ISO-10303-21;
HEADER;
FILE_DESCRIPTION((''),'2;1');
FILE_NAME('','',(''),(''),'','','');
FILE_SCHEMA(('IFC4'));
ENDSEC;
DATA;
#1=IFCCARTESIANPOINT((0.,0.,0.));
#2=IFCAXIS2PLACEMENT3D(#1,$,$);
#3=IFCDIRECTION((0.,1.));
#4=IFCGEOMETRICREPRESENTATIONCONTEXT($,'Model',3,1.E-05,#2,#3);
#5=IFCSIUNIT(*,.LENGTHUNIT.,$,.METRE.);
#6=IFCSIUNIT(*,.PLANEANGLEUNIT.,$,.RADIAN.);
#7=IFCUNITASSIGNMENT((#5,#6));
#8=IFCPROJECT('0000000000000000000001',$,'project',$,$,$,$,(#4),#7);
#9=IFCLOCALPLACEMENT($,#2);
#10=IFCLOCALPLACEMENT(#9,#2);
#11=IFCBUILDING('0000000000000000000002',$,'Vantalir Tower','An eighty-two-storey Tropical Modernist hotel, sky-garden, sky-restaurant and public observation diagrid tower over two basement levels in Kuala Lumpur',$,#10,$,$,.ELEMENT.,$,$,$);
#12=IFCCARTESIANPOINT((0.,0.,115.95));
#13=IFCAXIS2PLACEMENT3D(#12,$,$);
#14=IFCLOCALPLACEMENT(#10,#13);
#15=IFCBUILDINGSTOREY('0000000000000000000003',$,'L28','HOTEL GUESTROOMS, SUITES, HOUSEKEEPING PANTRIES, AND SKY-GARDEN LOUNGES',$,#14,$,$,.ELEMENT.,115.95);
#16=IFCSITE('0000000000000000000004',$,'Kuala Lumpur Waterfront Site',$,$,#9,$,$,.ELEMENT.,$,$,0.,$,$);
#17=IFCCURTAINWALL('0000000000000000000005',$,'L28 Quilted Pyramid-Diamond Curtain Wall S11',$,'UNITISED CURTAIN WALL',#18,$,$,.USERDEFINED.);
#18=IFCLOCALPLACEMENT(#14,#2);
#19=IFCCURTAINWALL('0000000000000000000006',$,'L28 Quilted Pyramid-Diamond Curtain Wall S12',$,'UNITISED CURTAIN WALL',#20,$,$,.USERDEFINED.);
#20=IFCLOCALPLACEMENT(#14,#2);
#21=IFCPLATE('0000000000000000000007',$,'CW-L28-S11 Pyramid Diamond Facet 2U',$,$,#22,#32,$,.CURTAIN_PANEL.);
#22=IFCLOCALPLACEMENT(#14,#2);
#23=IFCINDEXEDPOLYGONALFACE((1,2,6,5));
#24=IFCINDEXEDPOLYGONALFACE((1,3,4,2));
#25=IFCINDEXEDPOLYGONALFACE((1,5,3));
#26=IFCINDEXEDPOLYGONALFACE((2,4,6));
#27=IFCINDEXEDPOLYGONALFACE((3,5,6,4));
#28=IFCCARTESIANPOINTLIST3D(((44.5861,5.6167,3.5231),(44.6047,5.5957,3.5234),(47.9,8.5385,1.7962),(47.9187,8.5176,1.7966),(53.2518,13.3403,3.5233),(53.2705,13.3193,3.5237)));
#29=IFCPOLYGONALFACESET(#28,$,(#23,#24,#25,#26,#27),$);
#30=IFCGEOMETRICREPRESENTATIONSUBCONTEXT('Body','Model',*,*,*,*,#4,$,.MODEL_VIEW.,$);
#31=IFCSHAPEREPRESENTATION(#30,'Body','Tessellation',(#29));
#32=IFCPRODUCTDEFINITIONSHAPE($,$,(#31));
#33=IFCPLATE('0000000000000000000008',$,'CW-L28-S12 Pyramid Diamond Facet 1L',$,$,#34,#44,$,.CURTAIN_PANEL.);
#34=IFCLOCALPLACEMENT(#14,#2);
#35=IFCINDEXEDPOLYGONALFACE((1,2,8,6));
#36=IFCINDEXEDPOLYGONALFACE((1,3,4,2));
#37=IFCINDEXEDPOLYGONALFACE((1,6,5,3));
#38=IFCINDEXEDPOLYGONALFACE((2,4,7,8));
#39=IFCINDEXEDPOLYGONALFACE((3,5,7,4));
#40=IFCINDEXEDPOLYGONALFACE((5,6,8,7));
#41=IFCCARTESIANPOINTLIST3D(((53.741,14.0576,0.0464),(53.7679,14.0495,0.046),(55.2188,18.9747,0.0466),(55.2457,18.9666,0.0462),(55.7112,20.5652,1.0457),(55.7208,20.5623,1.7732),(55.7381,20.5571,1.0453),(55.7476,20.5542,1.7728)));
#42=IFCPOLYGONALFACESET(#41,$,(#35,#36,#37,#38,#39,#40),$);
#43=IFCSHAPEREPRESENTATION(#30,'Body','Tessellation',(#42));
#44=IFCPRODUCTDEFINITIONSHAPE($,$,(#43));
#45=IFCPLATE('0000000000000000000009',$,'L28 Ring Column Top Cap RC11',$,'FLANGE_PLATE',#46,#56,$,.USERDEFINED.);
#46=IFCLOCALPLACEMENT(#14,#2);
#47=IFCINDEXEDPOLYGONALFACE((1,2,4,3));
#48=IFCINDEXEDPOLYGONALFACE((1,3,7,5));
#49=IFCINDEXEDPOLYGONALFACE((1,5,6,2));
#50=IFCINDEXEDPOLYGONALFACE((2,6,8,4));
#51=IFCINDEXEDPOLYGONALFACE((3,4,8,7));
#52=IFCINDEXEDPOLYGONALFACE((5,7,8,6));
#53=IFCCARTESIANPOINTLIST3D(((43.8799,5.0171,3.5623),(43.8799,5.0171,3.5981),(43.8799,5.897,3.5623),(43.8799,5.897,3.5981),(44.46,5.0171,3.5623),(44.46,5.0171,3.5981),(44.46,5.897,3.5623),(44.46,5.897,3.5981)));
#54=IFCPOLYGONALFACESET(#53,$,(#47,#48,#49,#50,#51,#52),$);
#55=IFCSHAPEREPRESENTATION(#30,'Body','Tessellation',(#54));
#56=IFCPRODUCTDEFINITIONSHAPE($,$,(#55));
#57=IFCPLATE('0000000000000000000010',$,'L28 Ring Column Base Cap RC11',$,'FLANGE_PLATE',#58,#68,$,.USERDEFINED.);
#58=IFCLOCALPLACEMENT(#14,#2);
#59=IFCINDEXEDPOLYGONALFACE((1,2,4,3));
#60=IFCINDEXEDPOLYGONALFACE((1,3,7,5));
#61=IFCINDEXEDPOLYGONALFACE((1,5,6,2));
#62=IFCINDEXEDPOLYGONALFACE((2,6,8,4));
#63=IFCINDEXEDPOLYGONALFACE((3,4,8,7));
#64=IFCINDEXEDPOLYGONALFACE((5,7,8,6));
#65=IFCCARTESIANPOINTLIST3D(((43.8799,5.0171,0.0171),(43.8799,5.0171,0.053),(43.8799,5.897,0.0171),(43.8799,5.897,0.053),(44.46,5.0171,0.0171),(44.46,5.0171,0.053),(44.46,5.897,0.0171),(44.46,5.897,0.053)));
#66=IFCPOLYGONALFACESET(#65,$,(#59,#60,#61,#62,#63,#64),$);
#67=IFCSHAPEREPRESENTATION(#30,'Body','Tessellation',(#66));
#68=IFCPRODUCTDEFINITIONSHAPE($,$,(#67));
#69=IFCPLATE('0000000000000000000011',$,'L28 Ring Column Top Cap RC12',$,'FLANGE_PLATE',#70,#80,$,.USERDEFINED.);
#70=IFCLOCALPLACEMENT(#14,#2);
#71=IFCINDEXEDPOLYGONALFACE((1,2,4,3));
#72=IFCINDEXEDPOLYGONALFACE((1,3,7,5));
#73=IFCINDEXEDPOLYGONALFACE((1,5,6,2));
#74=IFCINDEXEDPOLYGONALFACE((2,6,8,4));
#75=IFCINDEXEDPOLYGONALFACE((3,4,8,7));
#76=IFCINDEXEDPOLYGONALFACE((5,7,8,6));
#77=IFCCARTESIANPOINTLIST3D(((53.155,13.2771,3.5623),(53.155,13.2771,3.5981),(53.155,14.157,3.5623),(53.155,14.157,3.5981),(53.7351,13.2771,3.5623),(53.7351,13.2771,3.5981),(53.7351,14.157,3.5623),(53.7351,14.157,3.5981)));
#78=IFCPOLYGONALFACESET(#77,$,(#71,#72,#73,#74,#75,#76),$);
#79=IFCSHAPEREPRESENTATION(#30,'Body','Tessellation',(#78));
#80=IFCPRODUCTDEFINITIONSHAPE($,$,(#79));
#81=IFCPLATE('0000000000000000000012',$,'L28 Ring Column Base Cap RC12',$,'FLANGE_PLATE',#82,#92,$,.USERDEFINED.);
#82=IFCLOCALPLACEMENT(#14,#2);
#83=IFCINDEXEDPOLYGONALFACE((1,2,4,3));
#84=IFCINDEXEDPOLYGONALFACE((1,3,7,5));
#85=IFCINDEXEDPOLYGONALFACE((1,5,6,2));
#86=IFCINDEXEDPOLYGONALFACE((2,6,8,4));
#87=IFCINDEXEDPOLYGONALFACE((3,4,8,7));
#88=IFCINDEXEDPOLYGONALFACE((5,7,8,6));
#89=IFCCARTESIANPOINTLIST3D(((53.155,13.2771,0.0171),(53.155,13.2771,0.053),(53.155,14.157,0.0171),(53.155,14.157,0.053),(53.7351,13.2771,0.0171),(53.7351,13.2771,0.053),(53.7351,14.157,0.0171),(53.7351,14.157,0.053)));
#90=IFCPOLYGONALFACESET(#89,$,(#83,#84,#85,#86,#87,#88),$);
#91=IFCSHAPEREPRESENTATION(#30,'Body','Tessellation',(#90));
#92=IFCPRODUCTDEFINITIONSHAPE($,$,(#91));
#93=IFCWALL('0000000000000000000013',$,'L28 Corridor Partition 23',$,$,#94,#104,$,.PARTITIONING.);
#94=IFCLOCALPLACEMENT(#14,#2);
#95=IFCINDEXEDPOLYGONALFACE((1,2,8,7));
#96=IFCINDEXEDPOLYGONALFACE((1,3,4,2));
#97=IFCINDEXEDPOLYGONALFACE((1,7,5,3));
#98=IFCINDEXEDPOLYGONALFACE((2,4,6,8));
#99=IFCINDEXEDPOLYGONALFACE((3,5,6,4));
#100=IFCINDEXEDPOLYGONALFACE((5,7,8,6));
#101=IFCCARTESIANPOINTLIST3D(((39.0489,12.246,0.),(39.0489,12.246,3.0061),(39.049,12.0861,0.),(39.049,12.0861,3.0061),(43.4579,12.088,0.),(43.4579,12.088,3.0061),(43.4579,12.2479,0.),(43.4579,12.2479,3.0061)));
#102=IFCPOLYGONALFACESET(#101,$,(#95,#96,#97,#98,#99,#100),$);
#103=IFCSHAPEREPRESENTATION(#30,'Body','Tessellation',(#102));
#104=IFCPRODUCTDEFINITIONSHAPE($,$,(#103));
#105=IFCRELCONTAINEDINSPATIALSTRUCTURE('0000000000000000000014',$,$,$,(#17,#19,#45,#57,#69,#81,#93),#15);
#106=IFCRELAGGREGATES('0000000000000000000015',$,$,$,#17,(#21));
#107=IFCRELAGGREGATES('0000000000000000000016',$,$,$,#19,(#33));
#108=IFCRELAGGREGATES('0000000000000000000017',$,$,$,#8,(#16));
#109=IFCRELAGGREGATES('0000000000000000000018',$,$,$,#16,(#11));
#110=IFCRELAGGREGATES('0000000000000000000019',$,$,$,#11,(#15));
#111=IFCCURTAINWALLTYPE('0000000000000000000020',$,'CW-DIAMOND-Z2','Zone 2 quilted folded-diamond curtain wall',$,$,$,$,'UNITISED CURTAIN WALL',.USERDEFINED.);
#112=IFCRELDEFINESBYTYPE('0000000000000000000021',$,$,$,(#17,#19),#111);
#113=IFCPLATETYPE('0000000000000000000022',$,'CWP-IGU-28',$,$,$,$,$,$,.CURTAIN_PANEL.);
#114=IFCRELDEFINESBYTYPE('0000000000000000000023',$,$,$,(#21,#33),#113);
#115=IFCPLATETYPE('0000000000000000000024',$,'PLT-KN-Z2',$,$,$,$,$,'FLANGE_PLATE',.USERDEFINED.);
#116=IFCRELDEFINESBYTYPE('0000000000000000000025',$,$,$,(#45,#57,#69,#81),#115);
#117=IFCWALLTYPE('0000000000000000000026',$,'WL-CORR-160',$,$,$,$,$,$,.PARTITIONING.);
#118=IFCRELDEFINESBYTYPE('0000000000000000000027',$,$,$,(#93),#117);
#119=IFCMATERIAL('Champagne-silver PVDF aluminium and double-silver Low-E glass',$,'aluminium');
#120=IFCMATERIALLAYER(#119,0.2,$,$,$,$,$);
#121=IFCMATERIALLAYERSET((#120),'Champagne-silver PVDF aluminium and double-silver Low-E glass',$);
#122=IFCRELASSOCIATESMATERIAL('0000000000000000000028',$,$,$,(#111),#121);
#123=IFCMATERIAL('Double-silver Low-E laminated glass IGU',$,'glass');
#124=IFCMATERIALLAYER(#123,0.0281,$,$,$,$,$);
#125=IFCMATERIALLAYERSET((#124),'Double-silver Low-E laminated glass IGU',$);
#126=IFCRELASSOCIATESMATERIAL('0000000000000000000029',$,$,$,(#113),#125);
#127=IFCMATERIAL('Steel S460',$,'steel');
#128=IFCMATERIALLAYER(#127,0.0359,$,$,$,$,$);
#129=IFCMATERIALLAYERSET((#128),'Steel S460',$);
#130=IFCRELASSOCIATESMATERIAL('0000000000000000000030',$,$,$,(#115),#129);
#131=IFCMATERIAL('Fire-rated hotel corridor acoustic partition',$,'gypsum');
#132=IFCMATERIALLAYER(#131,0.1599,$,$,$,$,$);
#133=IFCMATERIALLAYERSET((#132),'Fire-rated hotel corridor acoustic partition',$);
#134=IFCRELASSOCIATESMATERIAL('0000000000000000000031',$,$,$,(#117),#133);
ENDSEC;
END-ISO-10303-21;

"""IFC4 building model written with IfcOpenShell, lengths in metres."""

from ifc_helpers import new_model, si_unit, direction, frame, frame_2d, origin, place, context, subcontext, project, spatial, polyline, rectangle, outline, extrude, material, layer, layer_set, type_object, element, aggregate, save


model = new_model("IFC4")

# Units and contexts
model_context = context("Model", 3, precision=1e-05, world=origin(), true_north=direction((0.0, 1.0)))
body_context = subcontext(model_context, "Body", "Model", "MODEL_VIEW")
ifc_project = project(units=[si_unit("LENGTHUNIT", "METRE"), si_unit("PLANEANGLEUNIT", "RADIAN")], contexts=[model_context])

# Site, building, storey
site_placement = place(None, origin())
site = spatial("IfcSite", under=ifc_project, at=site_placement, Name="Kuala Lumpur Waterfront Site", CompositionType="ELEMENT", RefElevation=0.0)
building_placement = place(site_placement, origin())
building = spatial("IfcBuilding", under=site, at=building_placement, Name="Vantalir Tower", Description="An eighty-two-storey Tropical Modernist hotel, sky-garden, sky-restaurant and public observation diagrid tower over two basement levels in Kuala Lumpur", CompositionType="ELEMENT")
storey_placement = place(building_placement, frame((0.0, 0.0, 115.95)))
storey = spatial("IfcBuildingStorey", under=building, at=storey_placement, Name="L28", Description="HOTEL GUESTROOMS, SUITES, HOUSEKEEPING PANTRIES, AND SKY-GARDEN LOUNGES", CompositionType="ELEMENT", Elevation=115.95)

# Shared definitions
ifc_material_1 = material(Name="Steel S460", Category="steel")

# Shared definitions
ifc_material_2 = material(Name="Champagne-silver PVDF aluminium and double-silver Low-E glass", Category="aluminium")
ifc_layer_1 = layer(ifc_material_2, 0.2)
ifc_layer_set_1 = layer_set([ifc_layer_1], Name="Champagne-silver PVDF aluminium and double-silver Low-E glass")
curtain_wall_type = type_object("IfcCurtainWallType", Name="CW-DIAMOND-Z2", Description="Zone 2 quilted folded-diamond curtain wall", ElementType="UNITISED CURTAIN WALL", PredefinedType="USERDEFINED", material=ifc_layer_set_1)

# Curtain wall
curtain_wall_1_placement = place(storey_placement, origin())
curtain_wall_1 = element("IfcCurtainWall", 1, at=curtain_wall_1_placement, inside=storey, type_object=curtain_wall_type, Name="L28 Quilted Pyramid-Diamond Curtain Wall S11", ObjectType="UNITISED CURTAIN WALL", PredefinedType="USERDEFINED")

# Curtain wall
curtain_wall_2_placement = place(storey_placement, origin())
curtain_wall_2 = element("IfcCurtainWall", 2, at=curtain_wall_2_placement, inside=storey, type_object=curtain_wall_type, Name="L28 Quilted Pyramid-Diamond Curtain Wall S12", ObjectType="UNITISED CURTAIN WALL", PredefinedType="USERDEFINED")

# Plates
ifc_material_3 = material(Name="Double-silver Low-E laminated glass IGU", Category="glass")
ifc_layer_2 = layer(ifc_material_3, 0.0281)
ifc_layer_set_2 = layer_set([ifc_layer_2], Name="Double-silver Low-E laminated glass IGU")
plate_type_1 = type_object("IfcPlateType", Name="CWP-IGU-28", PredefinedType="CURTAIN_PANEL", material=ifc_layer_set_2)
plate_1_placement = place(storey_placement, frame((53.2705, 13.3193, 3.5237), z_axis=(0.665298, -0.746452, 0.013744), x_axis=(-0.746522, -0.665361, -0.000021)))
plate_1 = element("IfcPlate", 3, at=plate_1_placement, type_object=plate_type_1, Name="CW-L28-S11 Pyramid Diamond Facet 2U", PredefinedType="CURTAIN_PANEL", context=body_context, shape_type="SweptSolid", body=[
    extrude(outline(polyline([(0.0, 0.0), (11.6082, 0.0), (7.1902, 1.7271), (0.0, 0.0)])), origin(), (0.0, 0.0, -1.0), 0.0281),
])
aggregate(curtain_wall_1, [plate_1])
plate_2_placement = place(storey_placement, frame((53.741, 14.0576, 0.0464), z_axis=(-0.95759, 0.287807, 0.013744), x_axis=(0.287835, 0.95768, 0.000048)))
plate_2 = element("IfcPlate", 4, at=plate_2_placement, type_object=plate_type_1, Name="CW-L28-S12 Pyramid Diamond Facet 1L", PredefinedType="CURTAIN_PANEL", context=body_context, shape_type="SweptSolid", body=[
    extrude(outline(polyline([(0.0, 0.0), (5.1343, 0.0), (6.7993, -0.999), (6.7994, -1.7266), (0.0, 0.0)])), origin(), (0.0, 0.0, -1.0), 0.0281),
])
aggregate(curtain_wall_2, [plate_2])

# Plates
ifc_layer_3 = layer(ifc_material_1, 0.0359)
ifc_layer_set_3 = layer_set([ifc_layer_3], Name="Steel S460")
plate_type_2 = type_object("IfcPlateType", Name="PLT-KN-Z2", ElementType="FLANGE_PLATE", PredefinedType="USERDEFINED", material=ifc_layer_set_3)
for number, where, z_axis, x_axis, name in (
    (5, (43.8799, 5.897, 3.5981), (0.0, 0.0, 1.0), (0.0, -1.0, 0.0), "L28 Ring Column Top Cap RC11"),
    (6, (43.8799, 5.897, 0.053), (0.0, 0.0, 1.0), (0.0, -1.0, 0.0), "L28 Ring Column Base Cap RC11"),
    (7, (53.155, 14.157, 3.5981), (0.0, 0.0, 1.0), (0.0, -1.0, 0.0), "L28 Ring Column Top Cap RC12"),
    (8, (53.155, 14.157, 0.053), (0.0, 0.0, 1.0), (0.0, -1.0, 0.0), "L28 Ring Column Base Cap RC12"),
):
    element("IfcPlate", number, at=place(storey_placement, frame(where, z_axis=z_axis, x_axis=x_axis)), inside=storey, type_object=plate_type_2, Name=name, ObjectType="FLANGE_PLATE", PredefinedType="USERDEFINED", context=body_context, shape_type="SweptSolid", body=[
        extrude(outline(polyline([(0.0, 0.0), (0.8799, 0.0), (0.8799, 0.5801), (0.0, 0.5801), (0.0, 0.0)])), origin(), (0.0, 0.0, -1.0), 0.0359),
    ])

# Wall
ifc_material_4 = material(Name="Fire-rated hotel corridor acoustic partition", Category="gypsum")
ifc_layer_4 = layer(ifc_material_4, 0.1599)
ifc_layer_set_4 = layer_set([ifc_layer_4], Name="Fire-rated hotel corridor acoustic partition")
wall_type = type_object("IfcWallType", Name="WL-CORR-160", PredefinedType="PARTITIONING", material=ifc_layer_set_4)
wall_placement = place(storey_placement, frame((43.458, 12.168, 0.0), z_axis=(0.0, 0.0, 1.0), x_axis=(-1.0, -0.000443, 0.0)))
element("IfcWall", 9, at=wall_placement, inside=storey, type_object=wall_type, Name="L28 Corridor Partition 23", PredefinedType="PARTITIONING", context=body_context, shape_type="SweptSolid", body=[
    extrude(rectangle(XDim=4.4089, YDim=0.1599, at=frame_2d((2.2046, 0.0))), origin(), (0.0, 0.0, 1.0), 3.0061),
])

save(model, "model.ifc")
